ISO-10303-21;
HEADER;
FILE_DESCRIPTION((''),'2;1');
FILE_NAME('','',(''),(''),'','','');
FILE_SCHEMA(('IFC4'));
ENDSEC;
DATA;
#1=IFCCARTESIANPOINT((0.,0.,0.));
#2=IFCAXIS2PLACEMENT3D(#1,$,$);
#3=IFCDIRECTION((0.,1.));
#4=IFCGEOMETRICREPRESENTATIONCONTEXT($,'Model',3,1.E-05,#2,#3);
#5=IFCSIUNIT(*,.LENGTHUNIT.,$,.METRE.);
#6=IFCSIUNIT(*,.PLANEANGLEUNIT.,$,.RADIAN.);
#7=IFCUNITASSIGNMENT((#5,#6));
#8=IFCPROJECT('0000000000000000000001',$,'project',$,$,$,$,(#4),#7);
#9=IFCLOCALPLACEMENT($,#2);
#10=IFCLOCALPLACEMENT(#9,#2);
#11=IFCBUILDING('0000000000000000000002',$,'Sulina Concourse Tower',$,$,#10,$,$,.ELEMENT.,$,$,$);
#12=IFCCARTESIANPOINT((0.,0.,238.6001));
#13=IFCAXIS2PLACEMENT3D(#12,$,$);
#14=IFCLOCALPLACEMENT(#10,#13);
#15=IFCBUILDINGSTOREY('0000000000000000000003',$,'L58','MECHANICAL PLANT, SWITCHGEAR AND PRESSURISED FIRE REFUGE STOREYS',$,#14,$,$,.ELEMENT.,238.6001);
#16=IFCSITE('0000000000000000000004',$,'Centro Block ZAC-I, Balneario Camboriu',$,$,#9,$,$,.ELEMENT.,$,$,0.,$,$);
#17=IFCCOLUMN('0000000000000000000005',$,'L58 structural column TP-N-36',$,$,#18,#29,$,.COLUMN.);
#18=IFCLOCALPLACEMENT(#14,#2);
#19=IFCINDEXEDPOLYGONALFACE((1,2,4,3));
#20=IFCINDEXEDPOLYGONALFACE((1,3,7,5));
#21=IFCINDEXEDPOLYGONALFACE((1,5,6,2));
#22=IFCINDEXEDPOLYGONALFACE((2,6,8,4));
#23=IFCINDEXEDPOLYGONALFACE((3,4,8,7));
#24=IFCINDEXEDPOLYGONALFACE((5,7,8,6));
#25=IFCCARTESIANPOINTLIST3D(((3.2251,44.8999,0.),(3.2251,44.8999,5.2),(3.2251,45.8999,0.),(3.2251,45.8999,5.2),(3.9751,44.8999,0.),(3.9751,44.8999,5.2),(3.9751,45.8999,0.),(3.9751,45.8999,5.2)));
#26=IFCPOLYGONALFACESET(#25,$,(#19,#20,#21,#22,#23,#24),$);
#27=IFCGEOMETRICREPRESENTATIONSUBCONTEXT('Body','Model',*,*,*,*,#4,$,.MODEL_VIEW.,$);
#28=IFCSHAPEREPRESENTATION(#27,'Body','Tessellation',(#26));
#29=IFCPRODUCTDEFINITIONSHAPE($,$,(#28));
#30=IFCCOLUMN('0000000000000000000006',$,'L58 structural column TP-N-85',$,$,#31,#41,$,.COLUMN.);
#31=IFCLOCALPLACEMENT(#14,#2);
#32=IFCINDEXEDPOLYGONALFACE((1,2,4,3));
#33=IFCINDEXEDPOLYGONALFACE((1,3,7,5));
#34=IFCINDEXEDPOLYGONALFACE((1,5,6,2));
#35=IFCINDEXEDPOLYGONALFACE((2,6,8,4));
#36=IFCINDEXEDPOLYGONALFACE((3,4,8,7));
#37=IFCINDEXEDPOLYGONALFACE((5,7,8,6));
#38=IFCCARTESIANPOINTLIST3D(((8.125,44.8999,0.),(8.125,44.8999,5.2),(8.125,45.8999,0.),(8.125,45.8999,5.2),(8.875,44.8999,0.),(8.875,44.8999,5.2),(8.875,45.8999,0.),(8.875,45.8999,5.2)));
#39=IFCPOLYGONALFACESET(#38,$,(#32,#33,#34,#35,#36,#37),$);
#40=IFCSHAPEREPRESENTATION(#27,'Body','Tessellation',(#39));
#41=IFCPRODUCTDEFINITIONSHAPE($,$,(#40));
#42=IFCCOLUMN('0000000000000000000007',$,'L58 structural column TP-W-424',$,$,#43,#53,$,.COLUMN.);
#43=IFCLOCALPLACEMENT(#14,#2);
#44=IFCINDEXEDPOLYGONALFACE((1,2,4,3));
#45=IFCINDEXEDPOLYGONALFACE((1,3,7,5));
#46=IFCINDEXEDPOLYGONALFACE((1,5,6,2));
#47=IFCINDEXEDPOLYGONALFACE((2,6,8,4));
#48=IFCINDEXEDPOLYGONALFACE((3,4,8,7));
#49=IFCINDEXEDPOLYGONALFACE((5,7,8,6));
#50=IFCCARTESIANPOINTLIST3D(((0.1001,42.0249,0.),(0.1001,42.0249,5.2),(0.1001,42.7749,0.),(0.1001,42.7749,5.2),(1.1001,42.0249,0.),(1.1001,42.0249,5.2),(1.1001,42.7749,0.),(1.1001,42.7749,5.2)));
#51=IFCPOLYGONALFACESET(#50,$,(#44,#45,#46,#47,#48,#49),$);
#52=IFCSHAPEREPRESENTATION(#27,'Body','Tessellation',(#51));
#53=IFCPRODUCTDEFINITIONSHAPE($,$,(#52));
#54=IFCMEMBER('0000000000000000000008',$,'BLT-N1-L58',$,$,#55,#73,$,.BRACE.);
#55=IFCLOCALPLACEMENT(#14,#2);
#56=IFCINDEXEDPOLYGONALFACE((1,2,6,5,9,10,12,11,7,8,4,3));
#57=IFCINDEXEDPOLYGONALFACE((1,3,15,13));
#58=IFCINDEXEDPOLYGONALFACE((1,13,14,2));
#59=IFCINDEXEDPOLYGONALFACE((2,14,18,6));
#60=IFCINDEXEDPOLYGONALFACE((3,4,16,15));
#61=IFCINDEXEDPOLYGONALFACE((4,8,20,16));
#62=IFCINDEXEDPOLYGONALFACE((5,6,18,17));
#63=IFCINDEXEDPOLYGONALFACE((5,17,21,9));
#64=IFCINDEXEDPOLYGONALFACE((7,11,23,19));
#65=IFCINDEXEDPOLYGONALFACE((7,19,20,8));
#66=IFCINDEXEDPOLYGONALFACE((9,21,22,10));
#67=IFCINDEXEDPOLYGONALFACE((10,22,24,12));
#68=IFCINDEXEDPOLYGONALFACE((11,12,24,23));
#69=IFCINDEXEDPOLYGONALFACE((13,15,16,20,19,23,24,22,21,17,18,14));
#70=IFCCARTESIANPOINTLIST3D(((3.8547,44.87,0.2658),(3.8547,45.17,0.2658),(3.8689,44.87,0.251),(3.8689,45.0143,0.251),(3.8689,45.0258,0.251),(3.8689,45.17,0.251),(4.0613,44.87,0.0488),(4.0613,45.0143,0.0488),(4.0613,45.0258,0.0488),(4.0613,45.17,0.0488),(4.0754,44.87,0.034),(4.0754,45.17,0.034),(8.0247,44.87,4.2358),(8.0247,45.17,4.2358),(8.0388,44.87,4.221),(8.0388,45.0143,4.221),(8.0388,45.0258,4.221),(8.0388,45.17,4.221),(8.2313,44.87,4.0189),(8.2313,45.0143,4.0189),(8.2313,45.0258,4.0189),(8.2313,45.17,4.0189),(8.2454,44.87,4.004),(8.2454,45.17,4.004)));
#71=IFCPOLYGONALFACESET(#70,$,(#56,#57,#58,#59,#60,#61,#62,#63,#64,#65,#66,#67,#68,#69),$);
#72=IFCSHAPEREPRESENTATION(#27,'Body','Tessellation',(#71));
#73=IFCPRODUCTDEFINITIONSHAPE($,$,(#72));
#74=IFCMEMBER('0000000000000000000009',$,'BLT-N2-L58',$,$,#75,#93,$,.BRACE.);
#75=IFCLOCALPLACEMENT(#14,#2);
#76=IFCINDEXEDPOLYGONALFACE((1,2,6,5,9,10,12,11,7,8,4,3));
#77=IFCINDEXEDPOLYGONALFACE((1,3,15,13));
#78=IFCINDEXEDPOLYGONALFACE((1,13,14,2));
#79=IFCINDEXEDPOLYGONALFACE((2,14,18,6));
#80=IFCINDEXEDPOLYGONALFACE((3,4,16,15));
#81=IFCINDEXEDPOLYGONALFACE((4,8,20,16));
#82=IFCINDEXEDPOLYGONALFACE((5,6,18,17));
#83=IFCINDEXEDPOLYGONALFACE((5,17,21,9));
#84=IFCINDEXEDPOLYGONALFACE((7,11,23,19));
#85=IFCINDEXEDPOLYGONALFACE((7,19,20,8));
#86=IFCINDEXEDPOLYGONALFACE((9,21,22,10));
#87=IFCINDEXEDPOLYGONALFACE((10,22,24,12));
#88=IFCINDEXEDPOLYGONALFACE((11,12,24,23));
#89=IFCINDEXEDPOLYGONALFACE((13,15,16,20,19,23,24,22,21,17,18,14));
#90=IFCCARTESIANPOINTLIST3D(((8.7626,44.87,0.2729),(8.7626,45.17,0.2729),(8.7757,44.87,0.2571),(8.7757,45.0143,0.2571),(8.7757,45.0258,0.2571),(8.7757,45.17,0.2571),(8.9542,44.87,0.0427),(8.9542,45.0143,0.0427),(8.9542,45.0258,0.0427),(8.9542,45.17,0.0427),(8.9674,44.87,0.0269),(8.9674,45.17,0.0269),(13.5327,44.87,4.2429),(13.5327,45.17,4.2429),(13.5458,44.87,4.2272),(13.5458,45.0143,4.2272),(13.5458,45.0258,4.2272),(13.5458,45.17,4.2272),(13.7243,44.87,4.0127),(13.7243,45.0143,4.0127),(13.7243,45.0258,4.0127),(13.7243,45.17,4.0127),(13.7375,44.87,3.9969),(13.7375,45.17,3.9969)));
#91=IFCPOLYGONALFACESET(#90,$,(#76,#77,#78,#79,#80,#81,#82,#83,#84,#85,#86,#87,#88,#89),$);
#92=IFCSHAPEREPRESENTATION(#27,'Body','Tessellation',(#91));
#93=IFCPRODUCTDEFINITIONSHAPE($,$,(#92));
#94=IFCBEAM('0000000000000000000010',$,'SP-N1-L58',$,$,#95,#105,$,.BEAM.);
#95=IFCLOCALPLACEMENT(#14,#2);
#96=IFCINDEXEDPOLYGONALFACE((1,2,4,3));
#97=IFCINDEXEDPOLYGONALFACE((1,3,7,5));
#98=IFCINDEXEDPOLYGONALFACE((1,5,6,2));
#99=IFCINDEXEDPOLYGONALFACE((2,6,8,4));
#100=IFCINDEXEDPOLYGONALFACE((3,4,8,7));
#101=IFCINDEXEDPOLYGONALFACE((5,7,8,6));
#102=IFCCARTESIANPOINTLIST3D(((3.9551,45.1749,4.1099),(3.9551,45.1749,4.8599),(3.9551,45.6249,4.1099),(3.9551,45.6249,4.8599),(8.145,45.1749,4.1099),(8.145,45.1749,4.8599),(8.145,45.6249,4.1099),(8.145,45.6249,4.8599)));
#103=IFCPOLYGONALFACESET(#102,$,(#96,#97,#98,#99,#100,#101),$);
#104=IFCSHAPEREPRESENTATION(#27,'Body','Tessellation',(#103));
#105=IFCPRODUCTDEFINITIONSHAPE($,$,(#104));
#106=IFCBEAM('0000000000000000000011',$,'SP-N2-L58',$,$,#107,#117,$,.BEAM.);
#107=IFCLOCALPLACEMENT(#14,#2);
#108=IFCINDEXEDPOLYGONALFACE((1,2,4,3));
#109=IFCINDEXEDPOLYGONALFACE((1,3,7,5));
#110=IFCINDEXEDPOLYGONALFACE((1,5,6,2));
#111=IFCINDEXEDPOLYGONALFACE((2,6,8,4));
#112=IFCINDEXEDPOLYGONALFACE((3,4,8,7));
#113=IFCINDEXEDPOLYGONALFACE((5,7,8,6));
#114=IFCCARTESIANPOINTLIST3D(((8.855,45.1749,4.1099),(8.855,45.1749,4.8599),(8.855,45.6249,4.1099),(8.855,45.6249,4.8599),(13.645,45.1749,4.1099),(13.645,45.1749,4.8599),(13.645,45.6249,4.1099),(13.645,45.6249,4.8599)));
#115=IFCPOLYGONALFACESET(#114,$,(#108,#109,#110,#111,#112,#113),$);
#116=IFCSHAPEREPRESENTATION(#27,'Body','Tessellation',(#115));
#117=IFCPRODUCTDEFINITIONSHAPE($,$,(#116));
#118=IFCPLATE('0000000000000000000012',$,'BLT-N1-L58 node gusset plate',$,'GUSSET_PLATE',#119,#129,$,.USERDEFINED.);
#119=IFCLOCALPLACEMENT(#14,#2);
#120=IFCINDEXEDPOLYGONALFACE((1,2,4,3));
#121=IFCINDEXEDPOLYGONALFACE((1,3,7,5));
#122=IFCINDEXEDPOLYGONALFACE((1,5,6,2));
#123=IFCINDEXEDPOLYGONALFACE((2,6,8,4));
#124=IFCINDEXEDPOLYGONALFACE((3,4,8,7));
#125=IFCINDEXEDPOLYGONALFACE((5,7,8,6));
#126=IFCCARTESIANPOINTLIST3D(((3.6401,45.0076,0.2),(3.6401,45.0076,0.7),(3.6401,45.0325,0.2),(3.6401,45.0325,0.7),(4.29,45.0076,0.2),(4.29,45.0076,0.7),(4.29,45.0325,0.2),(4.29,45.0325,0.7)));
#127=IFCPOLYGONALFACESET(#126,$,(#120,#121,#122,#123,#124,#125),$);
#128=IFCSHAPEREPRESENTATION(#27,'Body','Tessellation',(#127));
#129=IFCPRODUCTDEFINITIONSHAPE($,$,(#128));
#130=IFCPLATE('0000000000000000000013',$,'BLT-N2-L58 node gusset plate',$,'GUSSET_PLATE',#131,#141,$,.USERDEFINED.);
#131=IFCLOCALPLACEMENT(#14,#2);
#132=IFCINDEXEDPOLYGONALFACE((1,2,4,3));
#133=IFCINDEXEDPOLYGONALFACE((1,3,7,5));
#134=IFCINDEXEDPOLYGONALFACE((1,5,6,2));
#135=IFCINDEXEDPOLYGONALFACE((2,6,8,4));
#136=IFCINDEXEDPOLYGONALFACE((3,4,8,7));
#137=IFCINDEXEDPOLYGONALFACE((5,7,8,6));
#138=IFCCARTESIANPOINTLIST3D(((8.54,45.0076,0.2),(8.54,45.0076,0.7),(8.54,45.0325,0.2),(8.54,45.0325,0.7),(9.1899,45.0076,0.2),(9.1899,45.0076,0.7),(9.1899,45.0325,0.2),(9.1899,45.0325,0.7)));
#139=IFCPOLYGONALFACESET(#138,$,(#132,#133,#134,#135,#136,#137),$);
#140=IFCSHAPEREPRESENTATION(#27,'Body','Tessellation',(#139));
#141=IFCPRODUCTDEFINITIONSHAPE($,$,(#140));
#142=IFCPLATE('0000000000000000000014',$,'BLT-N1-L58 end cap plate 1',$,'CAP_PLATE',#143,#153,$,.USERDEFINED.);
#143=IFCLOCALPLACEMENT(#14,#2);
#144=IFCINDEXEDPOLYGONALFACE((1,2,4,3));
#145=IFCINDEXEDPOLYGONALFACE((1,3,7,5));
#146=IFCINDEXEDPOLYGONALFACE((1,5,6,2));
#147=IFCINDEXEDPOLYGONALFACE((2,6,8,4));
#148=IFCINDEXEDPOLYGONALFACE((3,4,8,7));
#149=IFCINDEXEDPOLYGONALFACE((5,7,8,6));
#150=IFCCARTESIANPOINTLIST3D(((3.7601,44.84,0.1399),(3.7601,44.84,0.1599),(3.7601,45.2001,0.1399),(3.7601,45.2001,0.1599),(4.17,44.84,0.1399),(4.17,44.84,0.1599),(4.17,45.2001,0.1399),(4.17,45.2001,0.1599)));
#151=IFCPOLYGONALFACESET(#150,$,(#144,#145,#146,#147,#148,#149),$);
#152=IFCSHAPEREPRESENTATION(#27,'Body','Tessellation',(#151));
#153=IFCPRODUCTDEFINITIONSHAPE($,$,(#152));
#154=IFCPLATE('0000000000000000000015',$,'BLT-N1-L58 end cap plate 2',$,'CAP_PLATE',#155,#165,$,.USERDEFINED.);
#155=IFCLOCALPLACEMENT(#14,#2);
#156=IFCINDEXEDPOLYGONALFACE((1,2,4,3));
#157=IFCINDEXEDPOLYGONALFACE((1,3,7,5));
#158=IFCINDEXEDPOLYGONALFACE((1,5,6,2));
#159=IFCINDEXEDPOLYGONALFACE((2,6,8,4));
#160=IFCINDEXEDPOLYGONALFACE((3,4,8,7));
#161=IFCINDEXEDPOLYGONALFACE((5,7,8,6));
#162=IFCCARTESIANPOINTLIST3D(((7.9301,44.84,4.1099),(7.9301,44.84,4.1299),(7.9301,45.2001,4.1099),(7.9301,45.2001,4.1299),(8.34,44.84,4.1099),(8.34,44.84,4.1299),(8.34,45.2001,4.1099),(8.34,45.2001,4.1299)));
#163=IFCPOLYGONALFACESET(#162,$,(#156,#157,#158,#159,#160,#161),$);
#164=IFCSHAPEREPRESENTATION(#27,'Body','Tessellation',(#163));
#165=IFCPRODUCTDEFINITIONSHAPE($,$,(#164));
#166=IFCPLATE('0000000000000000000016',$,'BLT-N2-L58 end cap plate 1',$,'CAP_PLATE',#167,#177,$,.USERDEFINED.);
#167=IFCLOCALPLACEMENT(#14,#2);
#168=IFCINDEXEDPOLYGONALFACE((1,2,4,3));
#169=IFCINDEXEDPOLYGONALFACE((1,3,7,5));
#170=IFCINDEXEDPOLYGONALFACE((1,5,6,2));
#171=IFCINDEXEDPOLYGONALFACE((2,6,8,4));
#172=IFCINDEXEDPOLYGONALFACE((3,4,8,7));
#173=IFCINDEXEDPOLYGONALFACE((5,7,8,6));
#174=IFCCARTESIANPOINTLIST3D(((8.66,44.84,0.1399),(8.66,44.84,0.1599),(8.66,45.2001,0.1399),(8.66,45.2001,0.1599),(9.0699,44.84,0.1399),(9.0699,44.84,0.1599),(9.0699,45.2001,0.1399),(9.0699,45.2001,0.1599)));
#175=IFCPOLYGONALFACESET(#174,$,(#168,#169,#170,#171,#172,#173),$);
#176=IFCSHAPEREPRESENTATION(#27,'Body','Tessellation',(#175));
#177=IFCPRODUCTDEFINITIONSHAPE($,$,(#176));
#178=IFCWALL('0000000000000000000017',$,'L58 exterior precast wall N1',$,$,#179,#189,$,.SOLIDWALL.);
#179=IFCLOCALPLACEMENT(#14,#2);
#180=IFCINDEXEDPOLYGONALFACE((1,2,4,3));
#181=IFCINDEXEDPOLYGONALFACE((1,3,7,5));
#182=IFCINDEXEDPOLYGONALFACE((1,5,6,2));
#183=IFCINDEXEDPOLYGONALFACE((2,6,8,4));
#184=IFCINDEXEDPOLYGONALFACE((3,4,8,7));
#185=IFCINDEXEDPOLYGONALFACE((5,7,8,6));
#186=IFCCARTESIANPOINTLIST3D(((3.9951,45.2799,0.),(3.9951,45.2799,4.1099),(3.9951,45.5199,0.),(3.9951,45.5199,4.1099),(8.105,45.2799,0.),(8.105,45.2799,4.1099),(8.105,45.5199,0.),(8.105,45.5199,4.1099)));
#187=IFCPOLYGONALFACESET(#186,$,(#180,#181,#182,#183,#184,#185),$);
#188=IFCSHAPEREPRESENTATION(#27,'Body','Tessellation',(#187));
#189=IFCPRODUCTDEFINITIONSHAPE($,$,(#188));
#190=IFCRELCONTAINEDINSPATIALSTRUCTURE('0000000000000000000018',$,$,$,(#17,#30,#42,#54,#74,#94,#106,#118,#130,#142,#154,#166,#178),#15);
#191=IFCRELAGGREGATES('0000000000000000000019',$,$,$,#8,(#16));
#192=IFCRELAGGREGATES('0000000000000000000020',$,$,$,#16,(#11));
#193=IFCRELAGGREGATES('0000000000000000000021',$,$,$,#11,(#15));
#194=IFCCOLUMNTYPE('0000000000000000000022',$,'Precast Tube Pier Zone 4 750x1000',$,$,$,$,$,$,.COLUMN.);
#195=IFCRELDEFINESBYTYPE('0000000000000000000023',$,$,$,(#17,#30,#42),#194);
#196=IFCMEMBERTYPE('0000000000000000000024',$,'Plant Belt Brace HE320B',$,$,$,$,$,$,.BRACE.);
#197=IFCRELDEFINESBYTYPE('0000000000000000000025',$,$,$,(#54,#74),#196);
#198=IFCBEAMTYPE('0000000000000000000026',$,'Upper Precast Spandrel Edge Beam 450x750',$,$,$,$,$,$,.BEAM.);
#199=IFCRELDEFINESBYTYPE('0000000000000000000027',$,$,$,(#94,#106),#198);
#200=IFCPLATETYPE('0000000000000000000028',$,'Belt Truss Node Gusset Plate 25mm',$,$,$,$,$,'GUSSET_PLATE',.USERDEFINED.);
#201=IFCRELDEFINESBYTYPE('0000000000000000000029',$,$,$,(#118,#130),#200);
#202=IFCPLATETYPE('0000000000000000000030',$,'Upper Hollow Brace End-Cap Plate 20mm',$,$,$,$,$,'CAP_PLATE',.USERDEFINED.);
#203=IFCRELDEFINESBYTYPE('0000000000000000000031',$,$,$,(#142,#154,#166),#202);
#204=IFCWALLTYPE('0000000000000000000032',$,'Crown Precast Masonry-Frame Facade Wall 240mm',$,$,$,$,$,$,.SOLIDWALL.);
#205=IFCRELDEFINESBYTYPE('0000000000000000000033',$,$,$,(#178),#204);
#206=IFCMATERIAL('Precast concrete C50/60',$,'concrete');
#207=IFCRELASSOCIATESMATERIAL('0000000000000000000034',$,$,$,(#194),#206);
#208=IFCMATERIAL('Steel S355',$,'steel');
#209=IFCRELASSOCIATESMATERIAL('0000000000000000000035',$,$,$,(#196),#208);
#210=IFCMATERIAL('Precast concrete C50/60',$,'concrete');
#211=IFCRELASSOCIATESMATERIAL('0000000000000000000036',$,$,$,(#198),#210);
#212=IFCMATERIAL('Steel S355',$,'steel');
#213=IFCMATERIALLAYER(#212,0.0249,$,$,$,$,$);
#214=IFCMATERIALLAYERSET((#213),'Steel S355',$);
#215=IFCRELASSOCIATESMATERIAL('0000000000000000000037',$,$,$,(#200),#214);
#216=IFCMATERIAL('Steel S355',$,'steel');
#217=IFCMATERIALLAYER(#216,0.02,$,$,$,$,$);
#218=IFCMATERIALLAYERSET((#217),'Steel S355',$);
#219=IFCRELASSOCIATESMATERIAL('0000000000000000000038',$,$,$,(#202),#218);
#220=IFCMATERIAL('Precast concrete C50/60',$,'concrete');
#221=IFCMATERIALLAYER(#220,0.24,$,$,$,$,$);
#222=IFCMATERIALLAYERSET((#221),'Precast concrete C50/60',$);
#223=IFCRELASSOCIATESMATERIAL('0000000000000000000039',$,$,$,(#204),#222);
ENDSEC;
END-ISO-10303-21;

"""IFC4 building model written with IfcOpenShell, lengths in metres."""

from ifc_helpers import new_model, si_unit, direction, frame, frame_2d, origin, origin_2d, place, context, subcontext, project, spatial, rectangle, i_section, extrude, material, layer, layer_set, material_profile, profile_set, type_object, element, save


model = new_model("IFC4")

# Units and contexts
model_context = context("Model", 3, precision=1e-05, world=origin(), true_north=direction((0.0, 1.0)))
body_context = subcontext(model_context, "Body", "Model", "MODEL_VIEW")
ifc_project = project(units=[si_unit("LENGTHUNIT", "METRE"), si_unit("PLANEANGLEUNIT", "RADIAN")], contexts=[model_context])

# Site, building, storey
site_placement = place(None, origin())
site = spatial("IfcSite", under=ifc_project, at=site_placement, Name="Centro Block ZAC-I, Balneario Camboriu", CompositionType="ELEMENT", RefElevation=0.0)
building_placement = place(site_placement, origin())
building = spatial("IfcBuilding", under=site, at=building_placement, Name="Sulina Concourse Tower", CompositionType="ELEMENT")
storey_placement = place(building_placement, frame((0.0, 0.0, 238.6001)))
storey = spatial("IfcBuildingStorey", under=building, at=storey_placement, Name="L58", Description="MECHANICAL PLANT, SWITCHGEAR AND PRESSURISED FIRE REFUGE STOREYS", CompositionType="ELEMENT", Elevation=238.6001)

# Columns
ifc_material_1 = material(Name="Precast concrete C50/60", Category="concrete")
ifc_material_profile_1 = material_profile(ifc_material_1, rectangle(XDim=0.75, YDim=1.0, at=origin_2d()), Name="PC 750x1000")
ifc_profile_set_1 = profile_set([ifc_material_profile_1], Name="Precast concrete C50/60")
column_type = type_object("IfcColumnType", Name="Precast Tube Pier Zone 4 750x1000", PredefinedType="COLUMN", material=ifc_profile_set_1)
for number, where, z_axis, x_axis, name in (
    (1, (3.6001, 45.3999, 0.0), (0.0, 0.0, 1.0), (1.0, 0.0, 0.0), "L58 structural column TP-N-36"),
    (2, (8.5, 45.3999, 0.0), (0.0, 0.0, 1.0), (1.0, 0.0, 0.0), "L58 structural column TP-N-85"),
    (3, (0.6001, 42.3999, 0.0), (0.0, 0.0, 1.0), (0.0, 1.0, 0.0), "L58 structural column TP-W-424"),
):
    element("IfcColumn", number, at=place(storey_placement, frame(where, z_axis=z_axis, x_axis=x_axis)), inside=storey, type_object=column_type, Name=name, PredefinedType="COLUMN", context=body_context, shape_type="SweptSolid", body=[
        extrude(rectangle(XDim=0.75, YDim=1.0, at=origin_2d()), origin(), (0.0, 0.0, 1.0), 5.2),
    ])

# Members
ifc_material_2 = material(Name="Steel S355", Category="steel")
ifc_material_profile_2 = material_profile(ifc_material_2, i_section(OverallWidth=0.3, OverallDepth=0.3201, WebThickness=0.0115, FlangeThickness=0.0205, at=origin_2d()), Name="HE 320 B")
ifc_profile_set_2 = profile_set([ifc_material_profile_2], Name="Steel S355")
member_type = type_object("IfcMemberType", Name="Plant Belt Brace HE320B", PredefinedType="BRACE", material=ifc_profile_set_2)
member_1_placement = place(storey_placement, frame((3.9651, 45.02, 0.1499), z_axis=(0.724258, 0.0, 0.689529), x_axis=(0.0, 1.0, 0.0)))
element("IfcMember", 4, at=member_1_placement, inside=storey, type_object=member_type, Name="BLT-N1-L58", PredefinedType="BRACE", context=body_context, shape_type="SweptSolid", body=[
    extrude(i_section(OverallWidth=0.3, OverallDepth=0.3201, WebThickness=0.0115, FlangeThickness=0.0205, at=origin_2d()), origin(), (0.0, 0.0, 1.0), 5.7576),
])
member_2_placement = place(storey_placement, frame((8.865, 45.02, 0.1499), z_axis=(0.768621, 0.0, 0.639704), x_axis=(0.0, 1.0, 0.0)))
element("IfcMember", 5, at=member_2_placement, inside=storey, type_object=member_type, Name="BLT-N2-L58", PredefinedType="BRACE", context=body_context, shape_type="SweptSolid", body=[
    extrude(i_section(OverallWidth=0.3, OverallDepth=0.3201, WebThickness=0.0115, FlangeThickness=0.0205, at=origin_2d()), origin(), (0.0, 0.0, 1.0), 6.2061),
])

# Beams
ifc_material_3 = material(Name="Precast concrete C50/60", Category="concrete")
ifc_material_profile_3 = material_profile(ifc_material_3, rectangle(XDim=0.45, YDim=0.75, at=origin_2d()), Name="RC 450x750")
ifc_profile_set_3 = profile_set([ifc_material_profile_3], Name="Precast concrete C50/60")
beam_type = type_object("IfcBeamType", Name="Upper Precast Spandrel Edge Beam 450x750", PredefinedType="BEAM", material=ifc_profile_set_3)
beam_1_placement = place(storey_placement, frame((3.9551, 45.3999, 4.4849), z_axis=(1.0, 0.0, 0.0), x_axis=(0.0, 1.0, 0.0)))
element("IfcBeam", 6, at=beam_1_placement, inside=storey, type_object=beam_type, Name="SP-N1-L58", PredefinedType="BEAM", context=body_context, shape_type="SweptSolid", body=[
    extrude(rectangle(XDim=0.45, YDim=0.75, at=origin_2d()), origin(), (0.0, 0.0, 1.0), 4.1899),
])
beam_2_placement = place(storey_placement, frame((8.855, 45.3999, 4.4849), z_axis=(1.0, 0.0, 0.0), x_axis=(0.0, 1.0, 0.0)))
element("IfcBeam", 7, at=beam_2_placement, inside=storey, type_object=beam_type, Name="SP-N2-L58", PredefinedType="BEAM", context=body_context, shape_type="SweptSolid", body=[
    extrude(rectangle(XDim=0.45, YDim=0.75, at=origin_2d()), origin(), (0.0, 0.0, 1.0), 4.79),
])

# Plates
ifc_material_4 = material(Name="Steel S355", Category="steel")
ifc_layer_1 = layer(ifc_material_4, 0.0249)
ifc_layer_set_1 = layer_set([ifc_layer_1], Name="Steel S355")
plate_type_1 = type_object("IfcPlateType", Name="Belt Truss Node Gusset Plate 25mm", ElementType="GUSSET_PLATE", PredefinedType="USERDEFINED", material=ifc_layer_set_1)
for number, where, z_axis, x_axis, name in (
    (8, (3.9651, 45.02, 0.2), (0.0, 0.0, 1.0), (1.0, 0.0, 0.0), "BLT-N1-L58 node gusset plate"),
    (9, (8.865, 45.02, 0.2), (0.0, 0.0, 1.0), (1.0, 0.0, 0.0), "BLT-N2-L58 node gusset plate"),
):
    element("IfcPlate", number, at=place(storey_placement, frame(where, z_axis=z_axis, x_axis=x_axis)), inside=storey, type_object=plate_type_1, Name=name, ObjectType="GUSSET_PLATE", PredefinedType="USERDEFINED", context=body_context, shape_type="SweptSolid", body=[
        extrude(rectangle(XDim=0.6499, YDim=0.0249, at=origin_2d()), origin(), (0.0, 0.0, 1.0), 0.5),
    ])
ifc_material_5 = material(Name="Steel S355", Category="steel")
ifc_layer_2 = layer(ifc_material_5, 0.02)
ifc_layer_set_2 = layer_set([ifc_layer_2], Name="Steel S355")
plate_type_2 = type_object("IfcPlateType", Name="Upper Hollow Brace End-Cap Plate 20mm", ElementType="CAP_PLATE", PredefinedType="USERDEFINED", material=ifc_layer_set_2)
for number, where, z_axis, x_axis, name in (
    (10, (3.9651, 45.02, 0.1399), (0.0, 0.0, 1.0), (1.0, 0.0, 0.0), "BLT-N1-L58 end cap plate 1"),
    (11, (8.135, 45.02, 4.1099), (0.0, 0.0, 1.0), (1.0, 0.0, 0.0), "BLT-N1-L58 end cap plate 2"),
    (12, (8.865, 45.02, 0.1399), (0.0, 0.0, 1.0), (1.0, 0.0, 0.0), "BLT-N2-L58 end cap plate 1"),
):
    element("IfcPlate", number, at=place(storey_placement, frame(where, z_axis=z_axis, x_axis=x_axis)), inside=storey, type_object=plate_type_2, Name=name, ObjectType="CAP_PLATE", PredefinedType="USERDEFINED", context=body_context, shape_type="SweptSolid", body=[
        extrude(rectangle(XDim=0.4099, YDim=0.3601, at=origin_2d()), origin(), (0.0, 0.0, 1.0), 0.02),
    ])

# Wall
ifc_material_6 = material(Name="Precast concrete C50/60", Category="concrete")
ifc_layer_3 = layer(ifc_material_6, 0.24)
ifc_layer_set_3 = layer_set([ifc_layer_3], Name="Precast concrete C50/60")
wall_type_1 = type_object("IfcWallType", Name="Crown Precast Masonry-Frame Facade Wall 240mm", PredefinedType="SOLIDWALL", material=ifc_layer_set_3)
wall_1_placement = place(storey_placement, frame((3.9951, 45.3999, 0.0), z_axis=(0.0, 0.0, 1.0), x_axis=(1.0, 0.0, 0.0)))
element("IfcWall", 13, at=wall_1_placement, inside=storey, type_object=wall_type_1, Name="L58 exterior precast wall N1", PredefinedType="SOLIDWALL", context=body_context, shape_type="SweptSolid", body=[
    extrude(rectangle(XDim=4.1099, YDim=0.24, at=frame_2d((2.0549, 0.0))), origin(), (0.0, 0.0, 1.0), 4.1099),
])

save(model, "model.ifc")
